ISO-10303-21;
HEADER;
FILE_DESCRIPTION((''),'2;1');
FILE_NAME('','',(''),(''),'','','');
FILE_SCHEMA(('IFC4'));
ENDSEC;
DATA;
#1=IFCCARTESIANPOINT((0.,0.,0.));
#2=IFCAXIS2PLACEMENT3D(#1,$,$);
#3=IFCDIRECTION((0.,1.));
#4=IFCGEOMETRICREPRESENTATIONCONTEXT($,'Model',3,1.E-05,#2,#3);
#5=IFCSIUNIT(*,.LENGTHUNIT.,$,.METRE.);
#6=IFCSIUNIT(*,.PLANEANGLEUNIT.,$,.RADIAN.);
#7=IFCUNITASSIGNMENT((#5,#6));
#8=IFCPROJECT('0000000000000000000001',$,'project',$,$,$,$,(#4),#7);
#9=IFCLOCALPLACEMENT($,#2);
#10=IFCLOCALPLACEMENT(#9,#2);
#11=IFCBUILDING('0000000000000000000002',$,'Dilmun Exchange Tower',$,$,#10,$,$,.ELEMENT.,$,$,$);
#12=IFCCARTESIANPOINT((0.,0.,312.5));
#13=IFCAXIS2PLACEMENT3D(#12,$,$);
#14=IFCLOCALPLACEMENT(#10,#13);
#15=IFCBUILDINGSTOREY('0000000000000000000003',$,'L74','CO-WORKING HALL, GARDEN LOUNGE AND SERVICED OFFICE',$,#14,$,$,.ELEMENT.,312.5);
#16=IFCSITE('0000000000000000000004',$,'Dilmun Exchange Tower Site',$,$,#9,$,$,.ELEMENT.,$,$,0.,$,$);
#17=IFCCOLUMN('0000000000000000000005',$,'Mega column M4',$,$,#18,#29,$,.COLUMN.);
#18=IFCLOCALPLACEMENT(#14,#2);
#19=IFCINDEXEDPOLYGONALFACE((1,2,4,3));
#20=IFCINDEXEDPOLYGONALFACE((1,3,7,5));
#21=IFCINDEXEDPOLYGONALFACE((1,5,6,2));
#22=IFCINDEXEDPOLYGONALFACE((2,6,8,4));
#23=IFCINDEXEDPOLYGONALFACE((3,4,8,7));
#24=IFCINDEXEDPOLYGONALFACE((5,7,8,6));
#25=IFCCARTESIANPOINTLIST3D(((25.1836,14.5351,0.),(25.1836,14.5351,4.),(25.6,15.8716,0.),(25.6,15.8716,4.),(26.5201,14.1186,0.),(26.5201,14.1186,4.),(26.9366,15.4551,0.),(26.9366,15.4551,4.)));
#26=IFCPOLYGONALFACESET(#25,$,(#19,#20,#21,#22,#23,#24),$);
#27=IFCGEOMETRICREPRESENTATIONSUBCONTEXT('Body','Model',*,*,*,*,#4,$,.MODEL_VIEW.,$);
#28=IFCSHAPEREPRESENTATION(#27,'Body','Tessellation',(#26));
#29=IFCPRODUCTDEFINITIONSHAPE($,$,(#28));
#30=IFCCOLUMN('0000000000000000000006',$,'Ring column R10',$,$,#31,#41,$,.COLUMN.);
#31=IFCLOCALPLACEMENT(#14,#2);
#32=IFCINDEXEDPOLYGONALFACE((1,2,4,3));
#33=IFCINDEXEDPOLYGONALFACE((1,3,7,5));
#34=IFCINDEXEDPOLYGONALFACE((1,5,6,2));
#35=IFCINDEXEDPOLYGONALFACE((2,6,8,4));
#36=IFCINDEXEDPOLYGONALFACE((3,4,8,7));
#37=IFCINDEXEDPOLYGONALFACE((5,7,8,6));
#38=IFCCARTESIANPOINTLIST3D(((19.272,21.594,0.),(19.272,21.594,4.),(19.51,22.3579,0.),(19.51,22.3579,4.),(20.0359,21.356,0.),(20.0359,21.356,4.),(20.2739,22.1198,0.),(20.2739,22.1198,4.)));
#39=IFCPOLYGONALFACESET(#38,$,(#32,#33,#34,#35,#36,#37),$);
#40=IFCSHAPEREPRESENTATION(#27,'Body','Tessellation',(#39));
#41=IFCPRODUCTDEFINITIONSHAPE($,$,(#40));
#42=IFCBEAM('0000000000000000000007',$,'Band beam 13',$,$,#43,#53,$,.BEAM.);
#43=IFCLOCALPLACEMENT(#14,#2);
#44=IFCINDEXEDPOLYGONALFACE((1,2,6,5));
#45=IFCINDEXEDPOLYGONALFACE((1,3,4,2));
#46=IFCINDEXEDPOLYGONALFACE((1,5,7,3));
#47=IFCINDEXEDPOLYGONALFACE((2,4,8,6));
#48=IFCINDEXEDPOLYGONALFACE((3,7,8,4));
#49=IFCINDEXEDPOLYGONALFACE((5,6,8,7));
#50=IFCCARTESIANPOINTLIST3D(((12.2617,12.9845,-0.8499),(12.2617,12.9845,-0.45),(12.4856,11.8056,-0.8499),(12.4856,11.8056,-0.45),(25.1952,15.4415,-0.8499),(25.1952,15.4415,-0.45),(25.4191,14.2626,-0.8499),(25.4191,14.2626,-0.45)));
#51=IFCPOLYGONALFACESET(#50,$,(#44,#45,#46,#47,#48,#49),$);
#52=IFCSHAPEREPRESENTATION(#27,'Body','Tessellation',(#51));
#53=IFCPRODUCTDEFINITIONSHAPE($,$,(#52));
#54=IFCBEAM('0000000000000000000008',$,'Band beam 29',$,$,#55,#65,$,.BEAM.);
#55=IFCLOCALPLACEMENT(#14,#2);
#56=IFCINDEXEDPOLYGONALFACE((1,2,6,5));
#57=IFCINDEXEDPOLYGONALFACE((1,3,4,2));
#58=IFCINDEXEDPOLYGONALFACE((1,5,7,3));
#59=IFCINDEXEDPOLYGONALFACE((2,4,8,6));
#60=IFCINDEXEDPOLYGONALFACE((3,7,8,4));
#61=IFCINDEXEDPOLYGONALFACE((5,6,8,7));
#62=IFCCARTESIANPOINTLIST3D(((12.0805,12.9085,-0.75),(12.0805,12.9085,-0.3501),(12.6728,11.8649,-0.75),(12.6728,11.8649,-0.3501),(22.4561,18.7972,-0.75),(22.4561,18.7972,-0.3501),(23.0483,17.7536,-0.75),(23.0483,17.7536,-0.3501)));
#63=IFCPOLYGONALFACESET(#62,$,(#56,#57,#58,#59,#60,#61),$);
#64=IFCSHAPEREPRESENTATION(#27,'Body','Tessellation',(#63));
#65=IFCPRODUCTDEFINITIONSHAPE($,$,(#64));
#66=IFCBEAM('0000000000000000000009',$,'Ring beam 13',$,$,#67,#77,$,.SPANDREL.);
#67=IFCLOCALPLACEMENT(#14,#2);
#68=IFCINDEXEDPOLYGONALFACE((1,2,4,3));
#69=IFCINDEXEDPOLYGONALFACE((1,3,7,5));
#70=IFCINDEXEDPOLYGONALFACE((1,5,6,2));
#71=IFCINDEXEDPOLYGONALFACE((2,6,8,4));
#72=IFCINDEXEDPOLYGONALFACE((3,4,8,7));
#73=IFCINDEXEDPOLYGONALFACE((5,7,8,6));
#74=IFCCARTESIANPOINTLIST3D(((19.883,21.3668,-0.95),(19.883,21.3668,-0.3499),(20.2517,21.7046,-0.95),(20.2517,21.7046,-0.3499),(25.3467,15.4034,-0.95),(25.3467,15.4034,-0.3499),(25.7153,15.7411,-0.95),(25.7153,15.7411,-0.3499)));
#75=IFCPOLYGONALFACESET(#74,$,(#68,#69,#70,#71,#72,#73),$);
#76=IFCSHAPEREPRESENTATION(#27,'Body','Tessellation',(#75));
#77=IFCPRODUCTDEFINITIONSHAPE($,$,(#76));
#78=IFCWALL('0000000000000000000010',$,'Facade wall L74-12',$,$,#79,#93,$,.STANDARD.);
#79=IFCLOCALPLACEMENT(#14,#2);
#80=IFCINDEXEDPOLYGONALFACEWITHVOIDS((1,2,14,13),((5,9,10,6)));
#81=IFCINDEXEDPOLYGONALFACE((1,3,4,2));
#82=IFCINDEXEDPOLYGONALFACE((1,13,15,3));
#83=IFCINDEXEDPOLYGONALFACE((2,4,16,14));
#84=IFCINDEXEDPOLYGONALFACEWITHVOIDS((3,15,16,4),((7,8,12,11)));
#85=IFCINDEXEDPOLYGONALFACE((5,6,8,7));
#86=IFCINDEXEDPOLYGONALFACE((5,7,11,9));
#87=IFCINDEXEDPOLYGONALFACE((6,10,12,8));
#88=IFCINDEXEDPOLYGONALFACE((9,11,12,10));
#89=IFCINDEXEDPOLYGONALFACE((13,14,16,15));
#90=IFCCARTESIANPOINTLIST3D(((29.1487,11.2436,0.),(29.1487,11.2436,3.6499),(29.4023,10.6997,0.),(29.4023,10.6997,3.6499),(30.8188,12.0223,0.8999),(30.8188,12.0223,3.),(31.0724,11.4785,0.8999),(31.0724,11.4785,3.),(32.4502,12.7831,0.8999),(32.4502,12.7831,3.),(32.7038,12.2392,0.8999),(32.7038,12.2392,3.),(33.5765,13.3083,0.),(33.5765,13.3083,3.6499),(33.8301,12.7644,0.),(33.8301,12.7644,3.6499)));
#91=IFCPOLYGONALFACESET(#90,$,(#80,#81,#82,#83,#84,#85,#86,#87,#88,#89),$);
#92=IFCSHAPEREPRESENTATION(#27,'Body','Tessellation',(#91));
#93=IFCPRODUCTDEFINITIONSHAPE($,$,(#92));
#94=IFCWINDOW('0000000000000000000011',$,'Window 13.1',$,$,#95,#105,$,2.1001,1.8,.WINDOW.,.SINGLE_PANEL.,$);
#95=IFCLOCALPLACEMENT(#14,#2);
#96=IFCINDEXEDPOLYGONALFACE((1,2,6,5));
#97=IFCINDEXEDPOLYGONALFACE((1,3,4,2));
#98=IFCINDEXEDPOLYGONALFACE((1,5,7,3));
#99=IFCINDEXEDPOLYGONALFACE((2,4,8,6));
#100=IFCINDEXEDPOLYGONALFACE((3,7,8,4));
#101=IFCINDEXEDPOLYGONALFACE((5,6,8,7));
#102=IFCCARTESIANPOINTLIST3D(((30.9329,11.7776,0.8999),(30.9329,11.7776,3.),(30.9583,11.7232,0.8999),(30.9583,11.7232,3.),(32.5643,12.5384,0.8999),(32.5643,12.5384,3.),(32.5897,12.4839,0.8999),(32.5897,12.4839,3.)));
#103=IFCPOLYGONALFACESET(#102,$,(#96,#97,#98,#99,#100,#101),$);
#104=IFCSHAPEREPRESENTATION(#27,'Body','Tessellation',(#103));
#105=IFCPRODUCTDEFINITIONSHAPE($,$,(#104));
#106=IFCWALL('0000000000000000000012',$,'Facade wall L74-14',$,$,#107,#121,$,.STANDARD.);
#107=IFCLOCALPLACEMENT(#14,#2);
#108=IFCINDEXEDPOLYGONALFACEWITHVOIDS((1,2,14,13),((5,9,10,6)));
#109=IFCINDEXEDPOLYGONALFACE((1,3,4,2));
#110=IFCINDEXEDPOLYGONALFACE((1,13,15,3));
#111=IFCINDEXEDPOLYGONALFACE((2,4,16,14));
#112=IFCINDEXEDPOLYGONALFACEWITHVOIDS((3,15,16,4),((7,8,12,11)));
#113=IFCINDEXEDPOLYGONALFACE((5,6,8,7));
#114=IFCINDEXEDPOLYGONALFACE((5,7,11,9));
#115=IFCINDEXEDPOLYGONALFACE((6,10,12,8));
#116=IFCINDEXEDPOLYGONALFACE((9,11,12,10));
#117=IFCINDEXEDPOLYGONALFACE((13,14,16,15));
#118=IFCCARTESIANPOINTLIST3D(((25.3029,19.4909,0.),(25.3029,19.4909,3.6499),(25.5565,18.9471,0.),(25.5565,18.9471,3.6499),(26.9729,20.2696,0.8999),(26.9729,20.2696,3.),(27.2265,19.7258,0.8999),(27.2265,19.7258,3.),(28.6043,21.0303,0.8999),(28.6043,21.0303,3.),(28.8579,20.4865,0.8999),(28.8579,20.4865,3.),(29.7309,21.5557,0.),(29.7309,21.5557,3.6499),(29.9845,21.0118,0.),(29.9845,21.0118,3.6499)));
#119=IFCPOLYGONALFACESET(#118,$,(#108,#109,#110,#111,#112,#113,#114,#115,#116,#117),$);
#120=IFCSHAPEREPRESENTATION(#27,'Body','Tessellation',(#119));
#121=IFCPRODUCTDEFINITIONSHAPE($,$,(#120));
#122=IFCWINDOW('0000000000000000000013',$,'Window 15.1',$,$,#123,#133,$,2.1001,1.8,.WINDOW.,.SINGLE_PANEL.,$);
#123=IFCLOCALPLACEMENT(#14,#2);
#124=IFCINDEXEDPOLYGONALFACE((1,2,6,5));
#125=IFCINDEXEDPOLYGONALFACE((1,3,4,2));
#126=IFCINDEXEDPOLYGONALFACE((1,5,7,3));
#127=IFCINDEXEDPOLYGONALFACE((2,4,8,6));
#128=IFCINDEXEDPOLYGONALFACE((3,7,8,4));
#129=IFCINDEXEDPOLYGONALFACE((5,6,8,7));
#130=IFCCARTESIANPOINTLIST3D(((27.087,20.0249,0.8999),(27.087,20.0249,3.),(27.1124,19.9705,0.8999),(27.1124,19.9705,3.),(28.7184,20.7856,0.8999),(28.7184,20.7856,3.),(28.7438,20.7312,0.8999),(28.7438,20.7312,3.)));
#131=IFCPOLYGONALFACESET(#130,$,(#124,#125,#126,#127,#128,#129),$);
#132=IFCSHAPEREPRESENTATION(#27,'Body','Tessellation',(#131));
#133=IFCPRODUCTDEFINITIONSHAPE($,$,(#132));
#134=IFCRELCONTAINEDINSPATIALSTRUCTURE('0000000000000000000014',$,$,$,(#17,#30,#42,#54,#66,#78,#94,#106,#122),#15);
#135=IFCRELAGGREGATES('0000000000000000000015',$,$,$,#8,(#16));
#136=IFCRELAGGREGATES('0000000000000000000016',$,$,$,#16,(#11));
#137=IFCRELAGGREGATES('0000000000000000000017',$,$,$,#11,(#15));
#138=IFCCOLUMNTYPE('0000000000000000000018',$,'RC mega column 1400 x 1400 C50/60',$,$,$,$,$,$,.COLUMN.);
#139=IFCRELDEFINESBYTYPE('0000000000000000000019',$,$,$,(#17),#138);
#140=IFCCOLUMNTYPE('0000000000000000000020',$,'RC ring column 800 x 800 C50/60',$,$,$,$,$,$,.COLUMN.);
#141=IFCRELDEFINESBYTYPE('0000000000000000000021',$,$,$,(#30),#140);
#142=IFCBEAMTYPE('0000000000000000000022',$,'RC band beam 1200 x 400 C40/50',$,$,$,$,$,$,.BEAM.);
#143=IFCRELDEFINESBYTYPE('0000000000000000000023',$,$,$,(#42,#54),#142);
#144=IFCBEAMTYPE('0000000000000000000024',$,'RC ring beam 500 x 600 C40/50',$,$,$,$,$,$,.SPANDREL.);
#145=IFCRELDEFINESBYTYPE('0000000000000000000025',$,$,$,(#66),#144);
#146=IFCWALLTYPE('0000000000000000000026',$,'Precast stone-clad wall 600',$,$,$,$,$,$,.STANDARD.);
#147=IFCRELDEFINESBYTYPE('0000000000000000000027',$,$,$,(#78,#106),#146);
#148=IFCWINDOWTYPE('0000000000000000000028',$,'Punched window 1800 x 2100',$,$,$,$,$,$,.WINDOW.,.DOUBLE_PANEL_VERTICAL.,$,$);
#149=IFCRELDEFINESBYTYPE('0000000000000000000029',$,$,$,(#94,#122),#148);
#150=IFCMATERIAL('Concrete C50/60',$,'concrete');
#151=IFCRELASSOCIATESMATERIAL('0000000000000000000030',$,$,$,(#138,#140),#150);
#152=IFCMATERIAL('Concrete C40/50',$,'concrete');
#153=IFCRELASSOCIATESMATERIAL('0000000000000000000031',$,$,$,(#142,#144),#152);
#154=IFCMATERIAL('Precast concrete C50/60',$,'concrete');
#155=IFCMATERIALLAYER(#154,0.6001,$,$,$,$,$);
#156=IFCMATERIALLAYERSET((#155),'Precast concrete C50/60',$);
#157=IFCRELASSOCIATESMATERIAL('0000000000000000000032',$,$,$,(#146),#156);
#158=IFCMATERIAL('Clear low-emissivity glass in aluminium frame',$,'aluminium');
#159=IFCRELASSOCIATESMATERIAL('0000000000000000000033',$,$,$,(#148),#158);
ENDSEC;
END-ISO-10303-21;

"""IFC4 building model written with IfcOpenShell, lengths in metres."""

from ifc_helpers import new_model, si_unit, direction, frame, frame_2d, origin, origin_2d, place, context, subcontext, project, spatial, rectangle, extrude, material, layer, layer_set, material_profile, profile_set, type_object, element, fill, save


model = new_model("IFC4")

# Units and contexts
model_context = context("Model", 3, precision=1e-05, world=origin(), true_north=direction((0.0, 1.0)))
body_context = subcontext(model_context, "Body", "Model", "MODEL_VIEW")
ifc_project = project(units=[si_unit("LENGTHUNIT", "METRE"), si_unit("PLANEANGLEUNIT", "RADIAN")], contexts=[model_context])

# Site, building, storey
site_placement = place(None, origin())
site = spatial("IfcSite", under=ifc_project, at=site_placement, Name="Dilmun Exchange Tower Site", CompositionType="ELEMENT", RefElevation=0.0)
building_placement = place(site_placement, origin())
building = spatial("IfcBuilding", under=site, at=building_placement, Name="Dilmun Exchange Tower", CompositionType="ELEMENT")
storey_placement = place(building_placement, frame((0.0, 0.0, 312.5)))
storey = spatial("IfcBuildingStorey", under=building, at=storey_placement, Name="L74", Description="CO-WORKING HALL, GARDEN LOUNGE AND SERVICED OFFICE", CompositionType="ELEMENT", Elevation=312.5)

# Columns
ifc_material_1 = material(Name="Concrete C50/60", Category="concrete")
ifc_material_profile_1 = material_profile(ifc_material_1, rectangle(XDim=1.3999, YDim=1.3999, at=origin_2d()), Name="1400 x 1400")
ifc_profile_set_1 = profile_set([ifc_material_profile_1], Name="Concrete C50/60")
column_type_1 = type_object("IfcColumnType", Name="RC mega column 1400 x 1400 C50/60", PredefinedType="COLUMN", material=ifc_profile_set_1)
column_1_placement = place(storey_placement, frame((26.0601, 14.9951, 0.0), z_axis=(0.0, 0.0, 1.0), x_axis=(0.297503, 0.954721, 0.0)))
element("IfcColumn", 1, at=column_1_placement, inside=storey, type_object=column_type_1, Name="Mega column M4", PredefinedType="COLUMN", context=body_context, shape_type="SweptSolid", body=[
    extrude(rectangle(XDim=1.3999, YDim=1.3999, at=origin_2d()), origin(), (0.0, 0.0, 1.0), 4.0),
])
ifc_material_profile_2 = material_profile(ifc_material_1, rectangle(XDim=0.8, YDim=0.8, at=origin_2d()), Name="800 x 800")
ifc_profile_set_2 = profile_set([ifc_material_profile_2], Name="Concrete C50/60")
column_type_2 = type_object("IfcColumnType", Name="RC ring column 800 x 800 C50/60", PredefinedType="COLUMN", material=ifc_profile_set_2)
column_2_placement = place(storey_placement, frame((19.7729, 21.8569, 0.0), z_axis=(0.0, 0.0, 1.0), x_axis=(0.297503, 0.954721, 0.0)))
element("IfcColumn", 2, at=column_2_placement, inside=storey, type_object=column_type_2, Name="Ring column R10", PredefinedType="COLUMN", context=body_context, shape_type="SweptSolid", body=[
    extrude(rectangle(XDim=0.8, YDim=0.8, at=origin_2d()), origin(), (0.0, 0.0, 1.0), 4.0),
])

# Beams
ifc_material_2 = material(Name="Concrete C40/50", Category="concrete")
ifc_material_profile_3 = material_profile(ifc_material_2, rectangle(XDim=1.2, YDim=0.3999, at=origin_2d()), Name="1200 x 400")
ifc_profile_set_3 = profile_set([ifc_material_profile_3], Name="Concrete C40/50")
beam_type_1 = type_object("IfcBeamType", Name="RC band beam 1200 x 400 C40/50", PredefinedType="BEAM", material=ifc_profile_set_3)
beam_1_placement = place(storey_placement, frame((25.3071, 14.8521, -0.6499), z_axis=(-0.982429, -0.186635, 0.0), x_axis=(0.186635, -0.982429, 0.0)))
element("IfcBeam", 3, at=beam_1_placement, inside=storey, type_object=beam_type_1, Name="Band beam 13", PredefinedType="BEAM", context=body_context, shape_type="SweptSolid", body=[
    extrude(rectangle(XDim=1.2, YDim=0.3999, at=origin_2d()), origin(), (0.0, 0.0, 1.0), 13.1648),
])
beam_2_placement = place(storey_placement, frame((22.7522, 18.2754, -0.55), z_axis=(-0.86969, -0.493598, 0.0), x_axis=(0.493598, -0.86969, 0.0)))
element("IfcBeam", 4, at=beam_2_placement, inside=storey, type_object=beam_type_1, Name="Band beam 29", PredefinedType="BEAM", context=body_context, shape_type="SweptSolid", body=[
    extrude(rectangle(XDim=1.2, YDim=0.3999, at=origin_2d()), origin(), (0.0, 0.0, 1.0), 11.9302),
])
ifc_material_profile_4 = material_profile(ifc_material_2, rectangle(XDim=0.5, YDim=0.6001, at=origin_2d()), Name="500 x 600")
ifc_profile_set_4 = profile_set([ifc_material_profile_4], Name="Concrete C40/50")
beam_type_2 = type_object("IfcBeamType", Name="RC ring beam 500 x 600 C40/50", PredefinedType="SPANDREL", material=ifc_profile_set_4)
beam_3_placement = place(storey_placement, frame((25.531, 15.5723, -0.6499), z_axis=(-0.675536, 0.737327, 0.0), x_axis=(-0.737327, -0.675536, 0.0)))
element("IfcBeam", 5, at=beam_3_placement, inside=storey, type_object=beam_type_2, Name="Ring beam 13", PredefinedType="SPANDREL", context=body_context, shape_type="SweptSolid", body=[
    extrude(rectangle(XDim=0.5, YDim=0.6001, at=origin_2d()), origin(), (0.0, 0.0, 1.0), 8.0879),
])

# Walls, openings, windows
ifc_material_3 = material(Name="Precast concrete C50/60", Category="concrete")
ifc_layer = layer(ifc_material_3, 0.6001)
ifc_layer_set = layer_set([ifc_layer], Name="Precast concrete C50/60")
wall_type = type_object("IfcWallType", Name="Precast stone-clad wall 600", PredefinedType="STANDARD", material=ifc_layer_set)
wall_1_placement = place(storey_placement, frame((33.7034, 13.0364, 0.0), z_axis=(0.0, 0.0, 1.0), x_axis=(-0.906307, -0.42262, 0.0)))
wall_1 = element("IfcWall", 6, at=wall_1_placement, inside=storey, type_object=wall_type, Name="Facade wall L74-12", PredefinedType="STANDARD", context=body_context, shape_type="SweptSolid", body=[
    extrude(rectangle(XDim=4.8855, YDim=0.6001, at=frame_2d((2.4429, 0.0))), origin(), (0.0, 0.0, 1.0), 3.6499),
])
opening_1_placement = place(wall_1_placement, frame((1.2429, 0.0, 0.8999)))
opening_1 = element("IfcOpeningElement", 7, at=opening_1_placement, cuts=wall_1, PredefinedType="OPENING", context=body_context, shape_type="SweptSolid", body=[
    extrude(rectangle(XDim=1.8, YDim=2.1001, at=frame_2d((0.8999, 1.05))), frame((0.0, 0.3101, 0.0), z_axis=(0.0, -1.0, 0.0), x_axis=(1.0, 0.0, 0.0)), (0.0, 0.0, 1.0), 0.6201),
])
ifc_material_4 = material(Name="Clear low-emissivity glass in aluminium frame", Category="aluminium")
window_type_1 = type_object("IfcWindowType", Name="Punched window 1800 x 2100", PartitioningType="DOUBLE_PANEL_VERTICAL", PredefinedType="WINDOW", material=ifc_material_4)
window_1_placement = place(opening_1_placement, origin())
window_1 = element("IfcWindow", 8, at=window_1_placement, inside=storey, type_object=window_type_1, Name="Window 13.1", OverallHeight=2.1001, OverallWidth=1.8, PartitioningType="SINGLE_PANEL", PredefinedType="WINDOW", context=body_context, shape_type="SweptSolid", body=[
    extrude(rectangle(XDim=1.8, YDim=2.1001, at=frame_2d((0.8999, 1.05))), frame((0.0, 0.03, 0.0), z_axis=(0.0, -1.0, 0.0), x_axis=(1.0, 0.0, 0.0)), (0.0, 0.0, 1.0), 0.0601),
])
fill(opening_1, window_1)
wall_2_placement = place(storey_placement, frame((25.4297, 19.219, 0.0), z_axis=(0.0, 0.0, 1.0), x_axis=(0.906316, 0.422601, 0.0)))
wall_2 = element("IfcWall", 9, at=wall_2_placement, inside=storey, type_object=wall_type, Name="Facade wall L74-14", PredefinedType="STANDARD", context=body_context, shape_type="SweptSolid", body=[
    extrude(rectangle(XDim=4.8857, YDim=0.6001, at=frame_2d((2.4429, 0.0))), origin(), (0.0, 0.0, 1.0), 3.6499),
])
opening_2_placement = place(wall_2_placement, frame((1.8428, 0.0, 0.8999)))
opening_2 = element("IfcOpeningElement", 10, at=opening_2_placement, cuts=wall_2, PredefinedType="OPENING", context=body_context, shape_type="SweptSolid", body=[
    extrude(rectangle(XDim=1.8, YDim=2.1001, at=frame_2d((0.8999, 1.05))), frame((0.0, 0.3101, 0.0), z_axis=(0.0, -1.0, 0.0), x_axis=(1.0, 0.0, 0.0)), (0.0, 0.0, 1.0), 0.6201),
])
window_2_placement = place(opening_2_placement, origin())
window_2 = element("IfcWindow", 11, at=window_2_placement, inside=storey, type_object=window_type_1, Name="Window 15.1", OverallHeight=2.1001, OverallWidth=1.8, PartitioningType="SINGLE_PANEL", PredefinedType="WINDOW", context=body_context, shape_type="SweptSolid", body=[
    extrude(rectangle(XDim=1.8, YDim=2.1001, at=frame_2d((0.8999, 1.05))), frame((0.0, 0.03, 0.0), z_axis=(0.0, -1.0, 0.0), x_axis=(1.0, 0.0, 0.0)), (0.0, 0.0, 1.0), 0.0601),
])
fill(opening_2, window_2)

save(model, "model.ifc")
